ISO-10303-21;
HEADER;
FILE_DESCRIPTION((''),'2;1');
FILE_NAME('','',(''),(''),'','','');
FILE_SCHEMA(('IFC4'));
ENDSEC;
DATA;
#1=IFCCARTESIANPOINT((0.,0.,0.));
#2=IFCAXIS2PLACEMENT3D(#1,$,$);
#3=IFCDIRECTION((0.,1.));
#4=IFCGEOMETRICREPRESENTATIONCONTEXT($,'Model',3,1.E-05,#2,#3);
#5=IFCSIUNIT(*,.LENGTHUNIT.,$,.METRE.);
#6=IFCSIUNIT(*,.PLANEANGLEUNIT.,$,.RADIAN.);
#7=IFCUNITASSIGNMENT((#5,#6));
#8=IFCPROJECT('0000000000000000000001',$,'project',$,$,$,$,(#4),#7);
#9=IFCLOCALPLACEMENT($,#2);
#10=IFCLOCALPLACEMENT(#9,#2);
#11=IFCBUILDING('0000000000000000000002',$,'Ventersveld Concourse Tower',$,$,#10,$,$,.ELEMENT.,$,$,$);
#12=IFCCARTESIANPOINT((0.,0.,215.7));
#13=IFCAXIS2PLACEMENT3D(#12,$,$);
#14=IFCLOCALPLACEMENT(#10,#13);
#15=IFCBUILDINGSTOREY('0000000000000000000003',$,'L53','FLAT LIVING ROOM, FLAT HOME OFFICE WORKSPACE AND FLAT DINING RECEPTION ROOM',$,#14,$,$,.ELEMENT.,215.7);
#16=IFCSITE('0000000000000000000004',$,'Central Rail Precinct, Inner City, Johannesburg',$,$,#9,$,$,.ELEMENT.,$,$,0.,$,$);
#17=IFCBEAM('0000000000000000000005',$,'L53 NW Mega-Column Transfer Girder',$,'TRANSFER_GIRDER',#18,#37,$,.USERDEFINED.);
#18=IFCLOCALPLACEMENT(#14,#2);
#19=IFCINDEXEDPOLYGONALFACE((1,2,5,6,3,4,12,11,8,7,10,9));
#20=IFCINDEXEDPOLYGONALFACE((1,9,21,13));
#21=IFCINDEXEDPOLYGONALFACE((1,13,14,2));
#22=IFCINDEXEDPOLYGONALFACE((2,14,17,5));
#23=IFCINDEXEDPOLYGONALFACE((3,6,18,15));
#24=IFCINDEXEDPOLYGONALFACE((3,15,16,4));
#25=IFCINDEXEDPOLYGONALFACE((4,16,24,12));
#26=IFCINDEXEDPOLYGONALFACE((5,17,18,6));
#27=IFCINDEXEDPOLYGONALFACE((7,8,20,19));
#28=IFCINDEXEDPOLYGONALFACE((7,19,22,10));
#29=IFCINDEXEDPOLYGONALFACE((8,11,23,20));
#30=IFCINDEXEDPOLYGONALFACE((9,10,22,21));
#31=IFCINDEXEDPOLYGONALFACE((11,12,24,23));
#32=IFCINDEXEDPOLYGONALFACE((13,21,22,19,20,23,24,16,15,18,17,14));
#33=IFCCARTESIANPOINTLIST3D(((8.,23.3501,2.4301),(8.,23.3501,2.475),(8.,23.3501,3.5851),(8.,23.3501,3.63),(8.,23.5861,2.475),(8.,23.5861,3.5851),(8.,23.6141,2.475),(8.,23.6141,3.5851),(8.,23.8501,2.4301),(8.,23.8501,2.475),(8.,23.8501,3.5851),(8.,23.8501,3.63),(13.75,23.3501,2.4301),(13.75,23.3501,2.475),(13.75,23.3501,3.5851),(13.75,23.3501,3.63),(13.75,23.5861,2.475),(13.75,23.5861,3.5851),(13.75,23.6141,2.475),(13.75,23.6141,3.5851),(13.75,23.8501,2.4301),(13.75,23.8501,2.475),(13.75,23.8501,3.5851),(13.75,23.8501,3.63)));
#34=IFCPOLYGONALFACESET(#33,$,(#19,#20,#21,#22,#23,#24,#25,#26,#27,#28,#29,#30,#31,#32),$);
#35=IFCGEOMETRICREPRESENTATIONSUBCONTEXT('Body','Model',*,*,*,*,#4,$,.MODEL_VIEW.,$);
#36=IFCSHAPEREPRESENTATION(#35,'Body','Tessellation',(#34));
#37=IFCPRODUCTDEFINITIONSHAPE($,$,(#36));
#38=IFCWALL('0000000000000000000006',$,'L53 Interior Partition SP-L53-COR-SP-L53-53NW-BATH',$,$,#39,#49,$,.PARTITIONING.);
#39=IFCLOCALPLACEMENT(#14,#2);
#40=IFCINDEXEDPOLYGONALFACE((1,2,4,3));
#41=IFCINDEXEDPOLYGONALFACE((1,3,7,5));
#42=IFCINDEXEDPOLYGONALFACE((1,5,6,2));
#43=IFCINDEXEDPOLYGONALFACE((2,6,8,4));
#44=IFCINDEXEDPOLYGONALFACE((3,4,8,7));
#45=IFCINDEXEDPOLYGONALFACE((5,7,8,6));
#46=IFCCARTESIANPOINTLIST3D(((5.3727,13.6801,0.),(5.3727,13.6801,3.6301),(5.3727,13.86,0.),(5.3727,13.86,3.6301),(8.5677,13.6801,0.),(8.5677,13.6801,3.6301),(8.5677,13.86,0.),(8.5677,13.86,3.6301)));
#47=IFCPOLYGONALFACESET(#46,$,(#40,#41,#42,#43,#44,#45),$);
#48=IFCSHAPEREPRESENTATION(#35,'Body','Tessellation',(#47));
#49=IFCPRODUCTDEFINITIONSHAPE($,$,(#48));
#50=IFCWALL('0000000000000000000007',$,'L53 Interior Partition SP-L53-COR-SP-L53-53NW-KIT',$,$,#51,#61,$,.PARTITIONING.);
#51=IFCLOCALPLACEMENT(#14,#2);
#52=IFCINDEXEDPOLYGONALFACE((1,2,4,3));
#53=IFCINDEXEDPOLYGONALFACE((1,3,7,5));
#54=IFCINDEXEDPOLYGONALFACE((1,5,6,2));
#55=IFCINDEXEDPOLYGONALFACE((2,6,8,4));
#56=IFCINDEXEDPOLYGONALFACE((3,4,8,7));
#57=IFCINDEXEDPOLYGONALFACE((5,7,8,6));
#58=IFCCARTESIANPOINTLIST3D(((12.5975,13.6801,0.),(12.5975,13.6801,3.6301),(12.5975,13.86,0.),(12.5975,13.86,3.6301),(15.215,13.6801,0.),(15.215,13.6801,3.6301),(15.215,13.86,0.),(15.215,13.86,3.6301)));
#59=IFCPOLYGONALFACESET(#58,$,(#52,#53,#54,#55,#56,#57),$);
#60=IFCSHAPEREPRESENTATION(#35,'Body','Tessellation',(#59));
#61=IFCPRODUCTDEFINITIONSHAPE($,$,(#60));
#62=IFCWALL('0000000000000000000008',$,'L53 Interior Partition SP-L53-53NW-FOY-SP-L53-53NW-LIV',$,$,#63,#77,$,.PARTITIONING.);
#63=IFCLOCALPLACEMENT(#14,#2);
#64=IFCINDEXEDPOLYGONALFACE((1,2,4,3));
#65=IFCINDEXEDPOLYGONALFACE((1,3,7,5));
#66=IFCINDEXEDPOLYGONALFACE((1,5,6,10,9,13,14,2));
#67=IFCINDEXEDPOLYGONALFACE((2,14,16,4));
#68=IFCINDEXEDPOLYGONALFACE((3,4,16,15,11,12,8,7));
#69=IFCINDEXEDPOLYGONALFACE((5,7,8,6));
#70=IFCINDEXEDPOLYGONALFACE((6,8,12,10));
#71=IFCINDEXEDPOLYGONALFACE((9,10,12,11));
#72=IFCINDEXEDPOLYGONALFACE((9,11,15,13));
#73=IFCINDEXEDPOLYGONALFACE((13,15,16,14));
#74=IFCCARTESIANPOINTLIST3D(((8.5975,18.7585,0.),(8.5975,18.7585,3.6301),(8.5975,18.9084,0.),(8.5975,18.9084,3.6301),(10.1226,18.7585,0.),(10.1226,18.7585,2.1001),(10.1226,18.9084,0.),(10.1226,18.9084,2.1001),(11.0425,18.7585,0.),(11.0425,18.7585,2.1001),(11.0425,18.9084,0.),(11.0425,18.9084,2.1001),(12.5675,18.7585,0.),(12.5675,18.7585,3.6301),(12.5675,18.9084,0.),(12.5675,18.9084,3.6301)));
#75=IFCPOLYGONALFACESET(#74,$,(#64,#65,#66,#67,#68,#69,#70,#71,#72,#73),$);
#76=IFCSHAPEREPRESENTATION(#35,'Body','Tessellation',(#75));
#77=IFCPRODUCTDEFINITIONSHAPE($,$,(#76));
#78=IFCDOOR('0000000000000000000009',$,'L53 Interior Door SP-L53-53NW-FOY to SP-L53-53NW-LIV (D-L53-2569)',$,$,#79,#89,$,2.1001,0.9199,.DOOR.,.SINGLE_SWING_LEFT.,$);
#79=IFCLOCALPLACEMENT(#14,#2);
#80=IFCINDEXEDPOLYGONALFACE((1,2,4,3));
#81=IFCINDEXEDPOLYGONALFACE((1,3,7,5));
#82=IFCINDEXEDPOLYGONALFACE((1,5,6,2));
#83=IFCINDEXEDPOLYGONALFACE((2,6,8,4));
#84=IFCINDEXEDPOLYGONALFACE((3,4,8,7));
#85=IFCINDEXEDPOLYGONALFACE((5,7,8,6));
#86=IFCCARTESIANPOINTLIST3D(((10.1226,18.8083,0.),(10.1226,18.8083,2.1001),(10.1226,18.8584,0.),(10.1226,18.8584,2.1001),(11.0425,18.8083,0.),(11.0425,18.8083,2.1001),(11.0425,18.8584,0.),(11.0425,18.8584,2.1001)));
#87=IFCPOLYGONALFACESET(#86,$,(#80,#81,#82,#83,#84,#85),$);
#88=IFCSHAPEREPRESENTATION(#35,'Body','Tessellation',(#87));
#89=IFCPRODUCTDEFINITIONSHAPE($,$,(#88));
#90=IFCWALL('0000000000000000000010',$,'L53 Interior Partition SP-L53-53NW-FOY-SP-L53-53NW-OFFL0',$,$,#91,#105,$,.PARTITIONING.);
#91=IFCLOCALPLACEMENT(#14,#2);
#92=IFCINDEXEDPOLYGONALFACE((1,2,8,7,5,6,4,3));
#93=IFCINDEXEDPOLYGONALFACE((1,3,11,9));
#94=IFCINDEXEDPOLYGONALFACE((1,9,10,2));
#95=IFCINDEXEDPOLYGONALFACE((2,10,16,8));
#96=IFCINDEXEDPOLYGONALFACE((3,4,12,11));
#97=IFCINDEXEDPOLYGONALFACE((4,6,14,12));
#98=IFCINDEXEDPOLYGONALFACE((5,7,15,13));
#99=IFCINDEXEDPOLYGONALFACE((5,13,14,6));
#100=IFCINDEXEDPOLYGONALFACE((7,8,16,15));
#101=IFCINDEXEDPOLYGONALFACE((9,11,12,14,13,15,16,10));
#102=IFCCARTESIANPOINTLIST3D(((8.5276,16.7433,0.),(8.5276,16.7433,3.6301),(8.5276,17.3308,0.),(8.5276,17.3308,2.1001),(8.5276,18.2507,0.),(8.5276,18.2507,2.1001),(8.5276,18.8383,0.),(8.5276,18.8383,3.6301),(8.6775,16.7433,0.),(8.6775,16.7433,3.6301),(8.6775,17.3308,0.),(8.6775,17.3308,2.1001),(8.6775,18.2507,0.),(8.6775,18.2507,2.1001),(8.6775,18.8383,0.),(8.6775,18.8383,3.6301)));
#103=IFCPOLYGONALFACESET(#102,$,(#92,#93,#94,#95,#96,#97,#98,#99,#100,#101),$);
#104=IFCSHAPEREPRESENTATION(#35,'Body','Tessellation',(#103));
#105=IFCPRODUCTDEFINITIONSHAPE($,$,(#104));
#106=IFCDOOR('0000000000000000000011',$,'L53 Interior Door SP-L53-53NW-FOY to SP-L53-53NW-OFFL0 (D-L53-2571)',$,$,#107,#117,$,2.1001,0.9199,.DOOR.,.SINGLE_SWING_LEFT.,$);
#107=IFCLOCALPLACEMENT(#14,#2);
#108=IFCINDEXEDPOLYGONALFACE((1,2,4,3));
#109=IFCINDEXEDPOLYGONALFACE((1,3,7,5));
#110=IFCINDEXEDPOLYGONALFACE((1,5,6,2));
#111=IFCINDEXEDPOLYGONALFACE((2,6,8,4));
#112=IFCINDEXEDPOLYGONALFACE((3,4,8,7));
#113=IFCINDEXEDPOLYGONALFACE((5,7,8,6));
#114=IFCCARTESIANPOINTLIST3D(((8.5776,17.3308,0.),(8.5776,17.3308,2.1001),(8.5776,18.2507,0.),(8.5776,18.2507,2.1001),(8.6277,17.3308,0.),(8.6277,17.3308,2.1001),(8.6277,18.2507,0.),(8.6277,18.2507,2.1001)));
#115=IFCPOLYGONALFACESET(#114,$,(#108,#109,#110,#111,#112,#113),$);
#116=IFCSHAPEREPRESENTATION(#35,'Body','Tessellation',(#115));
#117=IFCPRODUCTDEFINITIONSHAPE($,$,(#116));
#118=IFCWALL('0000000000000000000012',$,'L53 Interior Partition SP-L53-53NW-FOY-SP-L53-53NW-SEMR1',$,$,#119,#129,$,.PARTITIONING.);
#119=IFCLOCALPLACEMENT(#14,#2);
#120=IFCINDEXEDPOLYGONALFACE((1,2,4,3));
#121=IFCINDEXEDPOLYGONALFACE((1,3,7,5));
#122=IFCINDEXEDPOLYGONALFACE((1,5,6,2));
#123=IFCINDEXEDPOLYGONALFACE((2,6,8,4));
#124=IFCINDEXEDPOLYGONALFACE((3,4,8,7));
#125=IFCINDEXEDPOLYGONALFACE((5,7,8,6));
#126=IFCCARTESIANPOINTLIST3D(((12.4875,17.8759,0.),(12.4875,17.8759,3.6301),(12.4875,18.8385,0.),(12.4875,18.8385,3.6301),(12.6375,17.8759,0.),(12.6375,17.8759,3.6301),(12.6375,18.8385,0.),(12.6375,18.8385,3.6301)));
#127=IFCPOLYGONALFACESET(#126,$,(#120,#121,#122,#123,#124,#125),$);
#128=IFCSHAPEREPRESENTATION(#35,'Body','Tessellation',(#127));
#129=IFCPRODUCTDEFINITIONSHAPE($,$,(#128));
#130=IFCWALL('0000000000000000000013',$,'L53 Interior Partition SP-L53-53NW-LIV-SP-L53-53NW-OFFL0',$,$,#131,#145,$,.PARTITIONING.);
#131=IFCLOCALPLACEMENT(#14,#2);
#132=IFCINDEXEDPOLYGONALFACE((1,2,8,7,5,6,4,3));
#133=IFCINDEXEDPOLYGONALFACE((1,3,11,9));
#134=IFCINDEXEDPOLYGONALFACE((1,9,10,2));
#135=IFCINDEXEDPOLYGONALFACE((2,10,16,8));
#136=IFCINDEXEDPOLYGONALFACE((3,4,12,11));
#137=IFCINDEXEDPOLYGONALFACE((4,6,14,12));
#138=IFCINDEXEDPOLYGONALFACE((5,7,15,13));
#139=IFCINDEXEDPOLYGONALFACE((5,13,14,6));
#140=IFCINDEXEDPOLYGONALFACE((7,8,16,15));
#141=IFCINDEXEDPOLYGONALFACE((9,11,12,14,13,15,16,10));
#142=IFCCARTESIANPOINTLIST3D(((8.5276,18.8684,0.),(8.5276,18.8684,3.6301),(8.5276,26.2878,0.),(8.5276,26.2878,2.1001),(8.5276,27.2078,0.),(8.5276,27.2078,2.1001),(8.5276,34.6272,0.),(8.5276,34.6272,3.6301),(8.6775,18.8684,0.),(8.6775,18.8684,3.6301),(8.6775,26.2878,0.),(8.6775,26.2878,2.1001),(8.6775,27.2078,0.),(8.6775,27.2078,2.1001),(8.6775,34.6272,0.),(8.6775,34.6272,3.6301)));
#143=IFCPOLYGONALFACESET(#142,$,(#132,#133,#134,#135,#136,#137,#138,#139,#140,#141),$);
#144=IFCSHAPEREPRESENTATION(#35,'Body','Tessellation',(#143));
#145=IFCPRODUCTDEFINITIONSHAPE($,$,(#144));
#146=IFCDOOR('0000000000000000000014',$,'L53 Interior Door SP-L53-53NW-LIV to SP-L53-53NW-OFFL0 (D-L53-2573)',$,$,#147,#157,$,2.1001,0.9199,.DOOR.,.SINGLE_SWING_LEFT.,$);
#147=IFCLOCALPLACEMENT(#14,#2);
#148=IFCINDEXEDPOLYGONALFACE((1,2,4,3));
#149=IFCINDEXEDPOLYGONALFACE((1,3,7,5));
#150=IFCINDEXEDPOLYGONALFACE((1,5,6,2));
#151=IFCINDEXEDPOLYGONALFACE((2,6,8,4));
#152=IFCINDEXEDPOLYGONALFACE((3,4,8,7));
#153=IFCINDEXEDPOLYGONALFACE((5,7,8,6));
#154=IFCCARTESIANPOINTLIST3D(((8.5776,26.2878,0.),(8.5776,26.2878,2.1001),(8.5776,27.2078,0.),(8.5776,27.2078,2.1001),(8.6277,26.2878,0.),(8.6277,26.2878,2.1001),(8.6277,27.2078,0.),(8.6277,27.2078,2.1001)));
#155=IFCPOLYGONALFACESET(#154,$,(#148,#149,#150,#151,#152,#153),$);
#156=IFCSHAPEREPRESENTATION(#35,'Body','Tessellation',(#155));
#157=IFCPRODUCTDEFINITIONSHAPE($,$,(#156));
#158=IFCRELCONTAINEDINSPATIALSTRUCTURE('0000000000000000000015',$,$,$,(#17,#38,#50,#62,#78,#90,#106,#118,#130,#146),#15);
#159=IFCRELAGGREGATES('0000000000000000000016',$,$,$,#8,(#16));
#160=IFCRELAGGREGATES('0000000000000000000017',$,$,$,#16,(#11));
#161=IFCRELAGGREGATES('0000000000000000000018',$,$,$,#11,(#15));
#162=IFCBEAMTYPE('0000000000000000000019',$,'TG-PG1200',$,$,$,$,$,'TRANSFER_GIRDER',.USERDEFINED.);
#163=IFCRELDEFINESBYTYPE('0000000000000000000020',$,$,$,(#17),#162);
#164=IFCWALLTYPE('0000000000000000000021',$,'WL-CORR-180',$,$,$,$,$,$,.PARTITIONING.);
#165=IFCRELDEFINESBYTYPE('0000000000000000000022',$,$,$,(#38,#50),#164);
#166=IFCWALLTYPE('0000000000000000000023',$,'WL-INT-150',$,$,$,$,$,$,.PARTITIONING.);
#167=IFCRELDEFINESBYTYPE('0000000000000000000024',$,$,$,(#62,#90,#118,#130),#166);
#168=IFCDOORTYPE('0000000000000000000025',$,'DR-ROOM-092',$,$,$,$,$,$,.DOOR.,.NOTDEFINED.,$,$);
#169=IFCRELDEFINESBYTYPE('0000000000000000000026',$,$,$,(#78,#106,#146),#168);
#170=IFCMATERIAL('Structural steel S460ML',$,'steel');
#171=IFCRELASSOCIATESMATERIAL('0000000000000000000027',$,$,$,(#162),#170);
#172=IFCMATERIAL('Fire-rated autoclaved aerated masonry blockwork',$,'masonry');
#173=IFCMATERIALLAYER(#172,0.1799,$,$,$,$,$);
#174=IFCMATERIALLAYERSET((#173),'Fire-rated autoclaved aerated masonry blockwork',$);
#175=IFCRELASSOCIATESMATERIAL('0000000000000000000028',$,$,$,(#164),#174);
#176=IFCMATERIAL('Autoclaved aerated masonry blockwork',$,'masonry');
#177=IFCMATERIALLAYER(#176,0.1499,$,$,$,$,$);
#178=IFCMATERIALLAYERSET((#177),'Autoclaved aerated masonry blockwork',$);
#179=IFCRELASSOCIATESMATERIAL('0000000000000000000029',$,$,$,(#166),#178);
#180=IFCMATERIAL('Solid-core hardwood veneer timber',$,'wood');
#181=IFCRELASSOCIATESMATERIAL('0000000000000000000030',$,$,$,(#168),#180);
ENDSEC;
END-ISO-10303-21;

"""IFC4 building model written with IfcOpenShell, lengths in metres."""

from ifc_helpers import new_model, si_unit, direction, frame, frame_2d, origin, origin_2d, place, context, subcontext, project, spatial, rectangle, i_section, extrude, material, layer, layer_set, material_profile, profile_set, type_object, element, fill, save


model = new_model("IFC4")

# Units and contexts
model_context = context("Model", 3, precision=1e-05, world=origin(), true_north=direction((0.0, 1.0)))
body_context = subcontext(model_context, "Body", "Model", "MODEL_VIEW")
ifc_project = project(units=[si_unit("LENGTHUNIT", "METRE"), si_unit("PLANEANGLEUNIT", "RADIAN")], contexts=[model_context])

# Site, building, storey
site_placement = place(None, origin())
site = spatial("IfcSite", under=ifc_project, at=site_placement, Name="Central Rail Precinct, Inner City, Johannesburg", CompositionType="ELEMENT", RefElevation=0.0)
building_placement = place(site_placement, origin())
building = spatial("IfcBuilding", under=site, at=building_placement, Name="Ventersveld Concourse Tower", CompositionType="ELEMENT")
storey_placement = place(building_placement, frame((0.0, 0.0, 215.7)))
storey = spatial("IfcBuildingStorey", under=building, at=storey_placement, Name="L53", Description="FLAT LIVING ROOM, FLAT HOME OFFICE WORKSPACE AND FLAT DINING RECEPTION ROOM", CompositionType="ELEMENT", Elevation=215.7)

# Beam
ifc_material_1 = material(Name="Structural steel S460ML", Category="steel")
ifc_material_profile_1 = material_profile(ifc_material_1, i_section(OverallWidth=0.5, OverallDepth=1.2, WebThickness=0.0281, FlangeThickness=0.0449, at=origin_2d()), Name="PG 1200x500x45")
ifc_profile_set_1 = profile_set([ifc_material_profile_1], Name="Structural steel S460ML")
beam_type_1 = type_object("IfcBeamType", Name="TG-PG1200", ElementType="TRANSFER_GIRDER", PredefinedType="USERDEFINED", material=ifc_profile_set_1)
beam_1_placement = place(storey_placement, frame((8.0, 23.6001, 3.03), z_axis=(1.0, 0.0, 0.0), x_axis=(0.0, 1.0, 0.0)))
element("IfcBeam", 1, at=beam_1_placement, inside=storey, type_object=beam_type_1, Name="L53 NW Mega-Column Transfer Girder", ObjectType="TRANSFER_GIRDER", PredefinedType="USERDEFINED", context=body_context, shape_type="SweptSolid", body=[
    extrude(i_section(OverallWidth=0.5, OverallDepth=1.2, WebThickness=0.0281, FlangeThickness=0.0449, at=origin_2d()), origin(), (0.0, 0.0, 1.0), 5.75),
])

# Shared definitions
ifc_material_2 = material(Name="Fire-rated autoclaved aerated masonry blockwork", Category="masonry")
ifc_layer_1 = layer(ifc_material_2, 0.1799)
ifc_layer_set_1 = layer_set([ifc_layer_1], Name="Fire-rated autoclaved aerated masonry blockwork")
wall_type_1 = type_object("IfcWallType", Name="WL-CORR-180", PredefinedType="PARTITIONING", material=ifc_layer_set_1)
ifc_material_3 = material(Name="Solid-core hardwood veneer timber", Category="wood")

# Walls
wall_1_placement = place(storey_placement, frame((5.3726, 13.77, 0.0), z_axis=(0.0, 0.0, 1.0), x_axis=(1.0, 0.0, 0.0)))
element("IfcWall", 2, at=wall_1_placement, inside=storey, type_object=wall_type_1, Name="L53 Interior Partition SP-L53-COR-SP-L53-53NW-BATH", PredefinedType="PARTITIONING", context=body_context, shape_type="SweptSolid", body=[
    extrude(rectangle(XDim=3.1951, YDim=0.1799, at=frame_2d((1.5977, 0.0))), origin(), (0.0, 0.0, 1.0), 3.6301),
])
wall_2_placement = place(storey_placement, frame((12.5977, 13.77, 0.0), z_axis=(0.0, 0.0, 1.0), x_axis=(1.0, 0.0, 0.0)))
element("IfcWall", 3, at=wall_2_placement, inside=storey, type_object=wall_type_1, Name="L53 Interior Partition SP-L53-COR-SP-L53-53NW-KIT", PredefinedType="PARTITIONING", context=body_context, shape_type="SweptSolid", body=[
    extrude(rectangle(XDim=2.6174, YDim=0.1799, at=frame_2d((1.3086, 0.0))), origin(), (0.0, 0.0, 1.0), 3.6301),
])

# Walls, openings, doors
ifc_material_4 = material(Name="Autoclaved aerated masonry blockwork", Category="masonry")
ifc_layer_2 = layer(ifc_material_4, 0.1499)
ifc_layer_set_2 = layer_set([ifc_layer_2], Name="Autoclaved aerated masonry blockwork")
wall_type_2 = type_object("IfcWallType", Name="WL-INT-150", PredefinedType="PARTITIONING", material=ifc_layer_set_2)
wall_3_placement = place(storey_placement, frame((8.5977, 18.8335, 0.0), z_axis=(0.0, 0.0, 1.0), x_axis=(1.0, 0.0, 0.0)))
wall_3 = element("IfcWall", 4, at=wall_3_placement, inside=storey, type_object=wall_type_2, Name="L53 Interior Partition SP-L53-53NW-FOY-SP-L53-53NW-LIV", PredefinedType="PARTITIONING", context=body_context, shape_type="SweptSolid", body=[
    extrude(rectangle(XDim=3.97, YDim=0.1499, at=frame_2d((1.9849, 0.0))), origin(), (0.0, 0.0, 1.0), 3.6301),
])
opening_1_placement = place(wall_3_placement, frame((1.5249, 0.0, 0.0)))
opening_1 = element("IfcOpeningElement", 5, at=opening_1_placement, cuts=wall_3, PredefinedType="OPENING", context=body_context, shape_type="SweptSolid", body=[
    extrude(rectangle(XDim=0.9199, YDim=2.1001, at=frame_2d((0.46, 1.05))), frame((0.0, 0.085, 0.0), z_axis=(0.0, -1.0, 0.0), x_axis=(1.0, 0.0, 0.0)), (0.0, 0.0, 1.0), 0.1699),
])
door_type_1 = type_object("IfcDoorType", Name="DR-ROOM-092", OperationType="NOTDEFINED", PredefinedType="DOOR", material=ifc_material_3)
door_1_placement = place(opening_1_placement, origin())
door_1 = element("IfcDoor", 6, at=door_1_placement, inside=storey, type_object=door_type_1, Name="L53 Interior Door SP-L53-53NW-FOY to SP-L53-53NW-LIV (D-L53-2569)", OperationType="SINGLE_SWING_LEFT", OverallHeight=2.1001, OverallWidth=0.9199, PredefinedType="DOOR", context=body_context, shape_type="SweptSolid", body=[
    extrude(rectangle(XDim=0.9199, YDim=2.1001, at=frame_2d((0.46, 1.05))), frame((0.0, 0.0249, 0.0), z_axis=(0.0, -1.0, 0.0), x_axis=(1.0, 0.0, 0.0)), (0.0, 0.0, 1.0), 0.05),
])
fill(opening_1, door_1)
wall_4_placement = place(storey_placement, frame((8.6025, 16.7434, 0.0), z_axis=(0.0, 0.0, 1.0), x_axis=(0.0, 1.0, 0.0)))
wall_4 = element("IfcWall", 7, at=wall_4_placement, inside=storey, type_object=wall_type_2, Name="L53 Interior Partition SP-L53-53NW-FOY-SP-L53-53NW-OFFL0", PredefinedType="PARTITIONING", context=body_context, shape_type="SweptSolid", body=[
    extrude(rectangle(XDim=2.095, YDim=0.1499, at=frame_2d((1.0474, 0.0))), origin(), (0.0, 0.0, 1.0), 3.6301),
])
opening_2_placement = place(wall_4_placement, frame((0.5874, 0.0, 0.0)))
opening_2 = element("IfcOpeningElement", 8, at=opening_2_placement, cuts=wall_4, PredefinedType="OPENING", context=body_context, shape_type="SweptSolid", body=[
    extrude(rectangle(XDim=0.9199, YDim=2.1001, at=frame_2d((0.46, 1.05))), frame((0.0, 0.085, 0.0), z_axis=(0.0, -1.0, 0.0), x_axis=(1.0, 0.0, 0.0)), (0.0, 0.0, 1.0), 0.1699),
])
door_2_placement = place(opening_2_placement, origin())
door_2 = element("IfcDoor", 9, at=door_2_placement, inside=storey, type_object=door_type_1, Name="L53 Interior Door SP-L53-53NW-FOY to SP-L53-53NW-OFFL0 (D-L53-2571)", OperationType="SINGLE_SWING_LEFT", OverallHeight=2.1001, OverallWidth=0.9199, PredefinedType="DOOR", context=body_context, shape_type="SweptSolid", body=[
    extrude(rectangle(XDim=0.9199, YDim=2.1001, at=frame_2d((0.46, 1.05))), frame((0.0, 0.0249, 0.0), z_axis=(0.0, -1.0, 0.0), x_axis=(1.0, 0.0, 0.0)), (0.0, 0.0, 1.0), 0.05),
])
fill(opening_2, door_2)

# Wall
wall_5_placement = place(storey_placement, frame((12.5625, 17.8757, 0.0), z_axis=(0.0, 0.0, 1.0), x_axis=(0.0, 1.0, 0.0)))
element("IfcWall", 10, at=wall_5_placement, inside=storey, type_object=wall_type_2, Name="L53 Interior Partition SP-L53-53NW-FOY-SP-L53-53NW-SEMR1", PredefinedType="PARTITIONING", context=body_context, shape_type="SweptSolid", body=[
    extrude(rectangle(XDim=0.9626, YDim=0.1499, at=frame_2d((0.4814, 0.0))), origin(), (0.0, 0.0, 1.0), 3.6301),
])

# Wall, opening, door
wall_6_placement = place(storey_placement, frame((8.6025, 18.8684, 0.0), z_axis=(0.0, 0.0, 1.0), x_axis=(0.0, 1.0, 0.0)))
wall_6 = element("IfcWall", 11, at=wall_6_placement, inside=storey, type_object=wall_type_2, Name="L53 Interior Partition SP-L53-53NW-LIV-SP-L53-53NW-OFFL0", PredefinedType="PARTITIONING", context=body_context, shape_type="SweptSolid", body=[
    extrude(rectangle(XDim=15.7588, YDim=0.1499, at=frame_2d((7.8794, 0.0))), origin(), (0.0, 0.0, 1.0), 3.6301),
])
opening_3_placement = place(wall_6_placement, frame((7.4194, 0.0, 0.0)))
opening_3 = element("IfcOpeningElement", 12, at=opening_3_placement, cuts=wall_6, PredefinedType="OPENING", context=body_context, shape_type="SweptSolid", body=[
    extrude(rectangle(XDim=0.9199, YDim=2.1001, at=frame_2d((0.46, 1.05))), frame((0.0, 0.085, 0.0), z_axis=(0.0, -1.0, 0.0), x_axis=(1.0, 0.0, 0.0)), (0.0, 0.0, 1.0), 0.1699),
])
door_3_placement = place(opening_3_placement, origin())
door_3 = element("IfcDoor", 13, at=door_3_placement, inside=storey, type_object=door_type_1, Name="L53 Interior Door SP-L53-53NW-LIV to SP-L53-53NW-OFFL0 (D-L53-2573)", OperationType="SINGLE_SWING_LEFT", OverallHeight=2.1001, OverallWidth=0.9199, PredefinedType="DOOR", context=body_context, shape_type="SweptSolid", body=[
    extrude(rectangle(XDim=0.9199, YDim=2.1001, at=frame_2d((0.46, 1.05))), frame((0.0, 0.0249, 0.0), z_axis=(0.0, -1.0, 0.0), x_axis=(1.0, 0.0, 0.0)), (0.0, 0.0, 1.0), 0.05),
])
fill(opening_3, door_3)

save(model, "model.ifc")
